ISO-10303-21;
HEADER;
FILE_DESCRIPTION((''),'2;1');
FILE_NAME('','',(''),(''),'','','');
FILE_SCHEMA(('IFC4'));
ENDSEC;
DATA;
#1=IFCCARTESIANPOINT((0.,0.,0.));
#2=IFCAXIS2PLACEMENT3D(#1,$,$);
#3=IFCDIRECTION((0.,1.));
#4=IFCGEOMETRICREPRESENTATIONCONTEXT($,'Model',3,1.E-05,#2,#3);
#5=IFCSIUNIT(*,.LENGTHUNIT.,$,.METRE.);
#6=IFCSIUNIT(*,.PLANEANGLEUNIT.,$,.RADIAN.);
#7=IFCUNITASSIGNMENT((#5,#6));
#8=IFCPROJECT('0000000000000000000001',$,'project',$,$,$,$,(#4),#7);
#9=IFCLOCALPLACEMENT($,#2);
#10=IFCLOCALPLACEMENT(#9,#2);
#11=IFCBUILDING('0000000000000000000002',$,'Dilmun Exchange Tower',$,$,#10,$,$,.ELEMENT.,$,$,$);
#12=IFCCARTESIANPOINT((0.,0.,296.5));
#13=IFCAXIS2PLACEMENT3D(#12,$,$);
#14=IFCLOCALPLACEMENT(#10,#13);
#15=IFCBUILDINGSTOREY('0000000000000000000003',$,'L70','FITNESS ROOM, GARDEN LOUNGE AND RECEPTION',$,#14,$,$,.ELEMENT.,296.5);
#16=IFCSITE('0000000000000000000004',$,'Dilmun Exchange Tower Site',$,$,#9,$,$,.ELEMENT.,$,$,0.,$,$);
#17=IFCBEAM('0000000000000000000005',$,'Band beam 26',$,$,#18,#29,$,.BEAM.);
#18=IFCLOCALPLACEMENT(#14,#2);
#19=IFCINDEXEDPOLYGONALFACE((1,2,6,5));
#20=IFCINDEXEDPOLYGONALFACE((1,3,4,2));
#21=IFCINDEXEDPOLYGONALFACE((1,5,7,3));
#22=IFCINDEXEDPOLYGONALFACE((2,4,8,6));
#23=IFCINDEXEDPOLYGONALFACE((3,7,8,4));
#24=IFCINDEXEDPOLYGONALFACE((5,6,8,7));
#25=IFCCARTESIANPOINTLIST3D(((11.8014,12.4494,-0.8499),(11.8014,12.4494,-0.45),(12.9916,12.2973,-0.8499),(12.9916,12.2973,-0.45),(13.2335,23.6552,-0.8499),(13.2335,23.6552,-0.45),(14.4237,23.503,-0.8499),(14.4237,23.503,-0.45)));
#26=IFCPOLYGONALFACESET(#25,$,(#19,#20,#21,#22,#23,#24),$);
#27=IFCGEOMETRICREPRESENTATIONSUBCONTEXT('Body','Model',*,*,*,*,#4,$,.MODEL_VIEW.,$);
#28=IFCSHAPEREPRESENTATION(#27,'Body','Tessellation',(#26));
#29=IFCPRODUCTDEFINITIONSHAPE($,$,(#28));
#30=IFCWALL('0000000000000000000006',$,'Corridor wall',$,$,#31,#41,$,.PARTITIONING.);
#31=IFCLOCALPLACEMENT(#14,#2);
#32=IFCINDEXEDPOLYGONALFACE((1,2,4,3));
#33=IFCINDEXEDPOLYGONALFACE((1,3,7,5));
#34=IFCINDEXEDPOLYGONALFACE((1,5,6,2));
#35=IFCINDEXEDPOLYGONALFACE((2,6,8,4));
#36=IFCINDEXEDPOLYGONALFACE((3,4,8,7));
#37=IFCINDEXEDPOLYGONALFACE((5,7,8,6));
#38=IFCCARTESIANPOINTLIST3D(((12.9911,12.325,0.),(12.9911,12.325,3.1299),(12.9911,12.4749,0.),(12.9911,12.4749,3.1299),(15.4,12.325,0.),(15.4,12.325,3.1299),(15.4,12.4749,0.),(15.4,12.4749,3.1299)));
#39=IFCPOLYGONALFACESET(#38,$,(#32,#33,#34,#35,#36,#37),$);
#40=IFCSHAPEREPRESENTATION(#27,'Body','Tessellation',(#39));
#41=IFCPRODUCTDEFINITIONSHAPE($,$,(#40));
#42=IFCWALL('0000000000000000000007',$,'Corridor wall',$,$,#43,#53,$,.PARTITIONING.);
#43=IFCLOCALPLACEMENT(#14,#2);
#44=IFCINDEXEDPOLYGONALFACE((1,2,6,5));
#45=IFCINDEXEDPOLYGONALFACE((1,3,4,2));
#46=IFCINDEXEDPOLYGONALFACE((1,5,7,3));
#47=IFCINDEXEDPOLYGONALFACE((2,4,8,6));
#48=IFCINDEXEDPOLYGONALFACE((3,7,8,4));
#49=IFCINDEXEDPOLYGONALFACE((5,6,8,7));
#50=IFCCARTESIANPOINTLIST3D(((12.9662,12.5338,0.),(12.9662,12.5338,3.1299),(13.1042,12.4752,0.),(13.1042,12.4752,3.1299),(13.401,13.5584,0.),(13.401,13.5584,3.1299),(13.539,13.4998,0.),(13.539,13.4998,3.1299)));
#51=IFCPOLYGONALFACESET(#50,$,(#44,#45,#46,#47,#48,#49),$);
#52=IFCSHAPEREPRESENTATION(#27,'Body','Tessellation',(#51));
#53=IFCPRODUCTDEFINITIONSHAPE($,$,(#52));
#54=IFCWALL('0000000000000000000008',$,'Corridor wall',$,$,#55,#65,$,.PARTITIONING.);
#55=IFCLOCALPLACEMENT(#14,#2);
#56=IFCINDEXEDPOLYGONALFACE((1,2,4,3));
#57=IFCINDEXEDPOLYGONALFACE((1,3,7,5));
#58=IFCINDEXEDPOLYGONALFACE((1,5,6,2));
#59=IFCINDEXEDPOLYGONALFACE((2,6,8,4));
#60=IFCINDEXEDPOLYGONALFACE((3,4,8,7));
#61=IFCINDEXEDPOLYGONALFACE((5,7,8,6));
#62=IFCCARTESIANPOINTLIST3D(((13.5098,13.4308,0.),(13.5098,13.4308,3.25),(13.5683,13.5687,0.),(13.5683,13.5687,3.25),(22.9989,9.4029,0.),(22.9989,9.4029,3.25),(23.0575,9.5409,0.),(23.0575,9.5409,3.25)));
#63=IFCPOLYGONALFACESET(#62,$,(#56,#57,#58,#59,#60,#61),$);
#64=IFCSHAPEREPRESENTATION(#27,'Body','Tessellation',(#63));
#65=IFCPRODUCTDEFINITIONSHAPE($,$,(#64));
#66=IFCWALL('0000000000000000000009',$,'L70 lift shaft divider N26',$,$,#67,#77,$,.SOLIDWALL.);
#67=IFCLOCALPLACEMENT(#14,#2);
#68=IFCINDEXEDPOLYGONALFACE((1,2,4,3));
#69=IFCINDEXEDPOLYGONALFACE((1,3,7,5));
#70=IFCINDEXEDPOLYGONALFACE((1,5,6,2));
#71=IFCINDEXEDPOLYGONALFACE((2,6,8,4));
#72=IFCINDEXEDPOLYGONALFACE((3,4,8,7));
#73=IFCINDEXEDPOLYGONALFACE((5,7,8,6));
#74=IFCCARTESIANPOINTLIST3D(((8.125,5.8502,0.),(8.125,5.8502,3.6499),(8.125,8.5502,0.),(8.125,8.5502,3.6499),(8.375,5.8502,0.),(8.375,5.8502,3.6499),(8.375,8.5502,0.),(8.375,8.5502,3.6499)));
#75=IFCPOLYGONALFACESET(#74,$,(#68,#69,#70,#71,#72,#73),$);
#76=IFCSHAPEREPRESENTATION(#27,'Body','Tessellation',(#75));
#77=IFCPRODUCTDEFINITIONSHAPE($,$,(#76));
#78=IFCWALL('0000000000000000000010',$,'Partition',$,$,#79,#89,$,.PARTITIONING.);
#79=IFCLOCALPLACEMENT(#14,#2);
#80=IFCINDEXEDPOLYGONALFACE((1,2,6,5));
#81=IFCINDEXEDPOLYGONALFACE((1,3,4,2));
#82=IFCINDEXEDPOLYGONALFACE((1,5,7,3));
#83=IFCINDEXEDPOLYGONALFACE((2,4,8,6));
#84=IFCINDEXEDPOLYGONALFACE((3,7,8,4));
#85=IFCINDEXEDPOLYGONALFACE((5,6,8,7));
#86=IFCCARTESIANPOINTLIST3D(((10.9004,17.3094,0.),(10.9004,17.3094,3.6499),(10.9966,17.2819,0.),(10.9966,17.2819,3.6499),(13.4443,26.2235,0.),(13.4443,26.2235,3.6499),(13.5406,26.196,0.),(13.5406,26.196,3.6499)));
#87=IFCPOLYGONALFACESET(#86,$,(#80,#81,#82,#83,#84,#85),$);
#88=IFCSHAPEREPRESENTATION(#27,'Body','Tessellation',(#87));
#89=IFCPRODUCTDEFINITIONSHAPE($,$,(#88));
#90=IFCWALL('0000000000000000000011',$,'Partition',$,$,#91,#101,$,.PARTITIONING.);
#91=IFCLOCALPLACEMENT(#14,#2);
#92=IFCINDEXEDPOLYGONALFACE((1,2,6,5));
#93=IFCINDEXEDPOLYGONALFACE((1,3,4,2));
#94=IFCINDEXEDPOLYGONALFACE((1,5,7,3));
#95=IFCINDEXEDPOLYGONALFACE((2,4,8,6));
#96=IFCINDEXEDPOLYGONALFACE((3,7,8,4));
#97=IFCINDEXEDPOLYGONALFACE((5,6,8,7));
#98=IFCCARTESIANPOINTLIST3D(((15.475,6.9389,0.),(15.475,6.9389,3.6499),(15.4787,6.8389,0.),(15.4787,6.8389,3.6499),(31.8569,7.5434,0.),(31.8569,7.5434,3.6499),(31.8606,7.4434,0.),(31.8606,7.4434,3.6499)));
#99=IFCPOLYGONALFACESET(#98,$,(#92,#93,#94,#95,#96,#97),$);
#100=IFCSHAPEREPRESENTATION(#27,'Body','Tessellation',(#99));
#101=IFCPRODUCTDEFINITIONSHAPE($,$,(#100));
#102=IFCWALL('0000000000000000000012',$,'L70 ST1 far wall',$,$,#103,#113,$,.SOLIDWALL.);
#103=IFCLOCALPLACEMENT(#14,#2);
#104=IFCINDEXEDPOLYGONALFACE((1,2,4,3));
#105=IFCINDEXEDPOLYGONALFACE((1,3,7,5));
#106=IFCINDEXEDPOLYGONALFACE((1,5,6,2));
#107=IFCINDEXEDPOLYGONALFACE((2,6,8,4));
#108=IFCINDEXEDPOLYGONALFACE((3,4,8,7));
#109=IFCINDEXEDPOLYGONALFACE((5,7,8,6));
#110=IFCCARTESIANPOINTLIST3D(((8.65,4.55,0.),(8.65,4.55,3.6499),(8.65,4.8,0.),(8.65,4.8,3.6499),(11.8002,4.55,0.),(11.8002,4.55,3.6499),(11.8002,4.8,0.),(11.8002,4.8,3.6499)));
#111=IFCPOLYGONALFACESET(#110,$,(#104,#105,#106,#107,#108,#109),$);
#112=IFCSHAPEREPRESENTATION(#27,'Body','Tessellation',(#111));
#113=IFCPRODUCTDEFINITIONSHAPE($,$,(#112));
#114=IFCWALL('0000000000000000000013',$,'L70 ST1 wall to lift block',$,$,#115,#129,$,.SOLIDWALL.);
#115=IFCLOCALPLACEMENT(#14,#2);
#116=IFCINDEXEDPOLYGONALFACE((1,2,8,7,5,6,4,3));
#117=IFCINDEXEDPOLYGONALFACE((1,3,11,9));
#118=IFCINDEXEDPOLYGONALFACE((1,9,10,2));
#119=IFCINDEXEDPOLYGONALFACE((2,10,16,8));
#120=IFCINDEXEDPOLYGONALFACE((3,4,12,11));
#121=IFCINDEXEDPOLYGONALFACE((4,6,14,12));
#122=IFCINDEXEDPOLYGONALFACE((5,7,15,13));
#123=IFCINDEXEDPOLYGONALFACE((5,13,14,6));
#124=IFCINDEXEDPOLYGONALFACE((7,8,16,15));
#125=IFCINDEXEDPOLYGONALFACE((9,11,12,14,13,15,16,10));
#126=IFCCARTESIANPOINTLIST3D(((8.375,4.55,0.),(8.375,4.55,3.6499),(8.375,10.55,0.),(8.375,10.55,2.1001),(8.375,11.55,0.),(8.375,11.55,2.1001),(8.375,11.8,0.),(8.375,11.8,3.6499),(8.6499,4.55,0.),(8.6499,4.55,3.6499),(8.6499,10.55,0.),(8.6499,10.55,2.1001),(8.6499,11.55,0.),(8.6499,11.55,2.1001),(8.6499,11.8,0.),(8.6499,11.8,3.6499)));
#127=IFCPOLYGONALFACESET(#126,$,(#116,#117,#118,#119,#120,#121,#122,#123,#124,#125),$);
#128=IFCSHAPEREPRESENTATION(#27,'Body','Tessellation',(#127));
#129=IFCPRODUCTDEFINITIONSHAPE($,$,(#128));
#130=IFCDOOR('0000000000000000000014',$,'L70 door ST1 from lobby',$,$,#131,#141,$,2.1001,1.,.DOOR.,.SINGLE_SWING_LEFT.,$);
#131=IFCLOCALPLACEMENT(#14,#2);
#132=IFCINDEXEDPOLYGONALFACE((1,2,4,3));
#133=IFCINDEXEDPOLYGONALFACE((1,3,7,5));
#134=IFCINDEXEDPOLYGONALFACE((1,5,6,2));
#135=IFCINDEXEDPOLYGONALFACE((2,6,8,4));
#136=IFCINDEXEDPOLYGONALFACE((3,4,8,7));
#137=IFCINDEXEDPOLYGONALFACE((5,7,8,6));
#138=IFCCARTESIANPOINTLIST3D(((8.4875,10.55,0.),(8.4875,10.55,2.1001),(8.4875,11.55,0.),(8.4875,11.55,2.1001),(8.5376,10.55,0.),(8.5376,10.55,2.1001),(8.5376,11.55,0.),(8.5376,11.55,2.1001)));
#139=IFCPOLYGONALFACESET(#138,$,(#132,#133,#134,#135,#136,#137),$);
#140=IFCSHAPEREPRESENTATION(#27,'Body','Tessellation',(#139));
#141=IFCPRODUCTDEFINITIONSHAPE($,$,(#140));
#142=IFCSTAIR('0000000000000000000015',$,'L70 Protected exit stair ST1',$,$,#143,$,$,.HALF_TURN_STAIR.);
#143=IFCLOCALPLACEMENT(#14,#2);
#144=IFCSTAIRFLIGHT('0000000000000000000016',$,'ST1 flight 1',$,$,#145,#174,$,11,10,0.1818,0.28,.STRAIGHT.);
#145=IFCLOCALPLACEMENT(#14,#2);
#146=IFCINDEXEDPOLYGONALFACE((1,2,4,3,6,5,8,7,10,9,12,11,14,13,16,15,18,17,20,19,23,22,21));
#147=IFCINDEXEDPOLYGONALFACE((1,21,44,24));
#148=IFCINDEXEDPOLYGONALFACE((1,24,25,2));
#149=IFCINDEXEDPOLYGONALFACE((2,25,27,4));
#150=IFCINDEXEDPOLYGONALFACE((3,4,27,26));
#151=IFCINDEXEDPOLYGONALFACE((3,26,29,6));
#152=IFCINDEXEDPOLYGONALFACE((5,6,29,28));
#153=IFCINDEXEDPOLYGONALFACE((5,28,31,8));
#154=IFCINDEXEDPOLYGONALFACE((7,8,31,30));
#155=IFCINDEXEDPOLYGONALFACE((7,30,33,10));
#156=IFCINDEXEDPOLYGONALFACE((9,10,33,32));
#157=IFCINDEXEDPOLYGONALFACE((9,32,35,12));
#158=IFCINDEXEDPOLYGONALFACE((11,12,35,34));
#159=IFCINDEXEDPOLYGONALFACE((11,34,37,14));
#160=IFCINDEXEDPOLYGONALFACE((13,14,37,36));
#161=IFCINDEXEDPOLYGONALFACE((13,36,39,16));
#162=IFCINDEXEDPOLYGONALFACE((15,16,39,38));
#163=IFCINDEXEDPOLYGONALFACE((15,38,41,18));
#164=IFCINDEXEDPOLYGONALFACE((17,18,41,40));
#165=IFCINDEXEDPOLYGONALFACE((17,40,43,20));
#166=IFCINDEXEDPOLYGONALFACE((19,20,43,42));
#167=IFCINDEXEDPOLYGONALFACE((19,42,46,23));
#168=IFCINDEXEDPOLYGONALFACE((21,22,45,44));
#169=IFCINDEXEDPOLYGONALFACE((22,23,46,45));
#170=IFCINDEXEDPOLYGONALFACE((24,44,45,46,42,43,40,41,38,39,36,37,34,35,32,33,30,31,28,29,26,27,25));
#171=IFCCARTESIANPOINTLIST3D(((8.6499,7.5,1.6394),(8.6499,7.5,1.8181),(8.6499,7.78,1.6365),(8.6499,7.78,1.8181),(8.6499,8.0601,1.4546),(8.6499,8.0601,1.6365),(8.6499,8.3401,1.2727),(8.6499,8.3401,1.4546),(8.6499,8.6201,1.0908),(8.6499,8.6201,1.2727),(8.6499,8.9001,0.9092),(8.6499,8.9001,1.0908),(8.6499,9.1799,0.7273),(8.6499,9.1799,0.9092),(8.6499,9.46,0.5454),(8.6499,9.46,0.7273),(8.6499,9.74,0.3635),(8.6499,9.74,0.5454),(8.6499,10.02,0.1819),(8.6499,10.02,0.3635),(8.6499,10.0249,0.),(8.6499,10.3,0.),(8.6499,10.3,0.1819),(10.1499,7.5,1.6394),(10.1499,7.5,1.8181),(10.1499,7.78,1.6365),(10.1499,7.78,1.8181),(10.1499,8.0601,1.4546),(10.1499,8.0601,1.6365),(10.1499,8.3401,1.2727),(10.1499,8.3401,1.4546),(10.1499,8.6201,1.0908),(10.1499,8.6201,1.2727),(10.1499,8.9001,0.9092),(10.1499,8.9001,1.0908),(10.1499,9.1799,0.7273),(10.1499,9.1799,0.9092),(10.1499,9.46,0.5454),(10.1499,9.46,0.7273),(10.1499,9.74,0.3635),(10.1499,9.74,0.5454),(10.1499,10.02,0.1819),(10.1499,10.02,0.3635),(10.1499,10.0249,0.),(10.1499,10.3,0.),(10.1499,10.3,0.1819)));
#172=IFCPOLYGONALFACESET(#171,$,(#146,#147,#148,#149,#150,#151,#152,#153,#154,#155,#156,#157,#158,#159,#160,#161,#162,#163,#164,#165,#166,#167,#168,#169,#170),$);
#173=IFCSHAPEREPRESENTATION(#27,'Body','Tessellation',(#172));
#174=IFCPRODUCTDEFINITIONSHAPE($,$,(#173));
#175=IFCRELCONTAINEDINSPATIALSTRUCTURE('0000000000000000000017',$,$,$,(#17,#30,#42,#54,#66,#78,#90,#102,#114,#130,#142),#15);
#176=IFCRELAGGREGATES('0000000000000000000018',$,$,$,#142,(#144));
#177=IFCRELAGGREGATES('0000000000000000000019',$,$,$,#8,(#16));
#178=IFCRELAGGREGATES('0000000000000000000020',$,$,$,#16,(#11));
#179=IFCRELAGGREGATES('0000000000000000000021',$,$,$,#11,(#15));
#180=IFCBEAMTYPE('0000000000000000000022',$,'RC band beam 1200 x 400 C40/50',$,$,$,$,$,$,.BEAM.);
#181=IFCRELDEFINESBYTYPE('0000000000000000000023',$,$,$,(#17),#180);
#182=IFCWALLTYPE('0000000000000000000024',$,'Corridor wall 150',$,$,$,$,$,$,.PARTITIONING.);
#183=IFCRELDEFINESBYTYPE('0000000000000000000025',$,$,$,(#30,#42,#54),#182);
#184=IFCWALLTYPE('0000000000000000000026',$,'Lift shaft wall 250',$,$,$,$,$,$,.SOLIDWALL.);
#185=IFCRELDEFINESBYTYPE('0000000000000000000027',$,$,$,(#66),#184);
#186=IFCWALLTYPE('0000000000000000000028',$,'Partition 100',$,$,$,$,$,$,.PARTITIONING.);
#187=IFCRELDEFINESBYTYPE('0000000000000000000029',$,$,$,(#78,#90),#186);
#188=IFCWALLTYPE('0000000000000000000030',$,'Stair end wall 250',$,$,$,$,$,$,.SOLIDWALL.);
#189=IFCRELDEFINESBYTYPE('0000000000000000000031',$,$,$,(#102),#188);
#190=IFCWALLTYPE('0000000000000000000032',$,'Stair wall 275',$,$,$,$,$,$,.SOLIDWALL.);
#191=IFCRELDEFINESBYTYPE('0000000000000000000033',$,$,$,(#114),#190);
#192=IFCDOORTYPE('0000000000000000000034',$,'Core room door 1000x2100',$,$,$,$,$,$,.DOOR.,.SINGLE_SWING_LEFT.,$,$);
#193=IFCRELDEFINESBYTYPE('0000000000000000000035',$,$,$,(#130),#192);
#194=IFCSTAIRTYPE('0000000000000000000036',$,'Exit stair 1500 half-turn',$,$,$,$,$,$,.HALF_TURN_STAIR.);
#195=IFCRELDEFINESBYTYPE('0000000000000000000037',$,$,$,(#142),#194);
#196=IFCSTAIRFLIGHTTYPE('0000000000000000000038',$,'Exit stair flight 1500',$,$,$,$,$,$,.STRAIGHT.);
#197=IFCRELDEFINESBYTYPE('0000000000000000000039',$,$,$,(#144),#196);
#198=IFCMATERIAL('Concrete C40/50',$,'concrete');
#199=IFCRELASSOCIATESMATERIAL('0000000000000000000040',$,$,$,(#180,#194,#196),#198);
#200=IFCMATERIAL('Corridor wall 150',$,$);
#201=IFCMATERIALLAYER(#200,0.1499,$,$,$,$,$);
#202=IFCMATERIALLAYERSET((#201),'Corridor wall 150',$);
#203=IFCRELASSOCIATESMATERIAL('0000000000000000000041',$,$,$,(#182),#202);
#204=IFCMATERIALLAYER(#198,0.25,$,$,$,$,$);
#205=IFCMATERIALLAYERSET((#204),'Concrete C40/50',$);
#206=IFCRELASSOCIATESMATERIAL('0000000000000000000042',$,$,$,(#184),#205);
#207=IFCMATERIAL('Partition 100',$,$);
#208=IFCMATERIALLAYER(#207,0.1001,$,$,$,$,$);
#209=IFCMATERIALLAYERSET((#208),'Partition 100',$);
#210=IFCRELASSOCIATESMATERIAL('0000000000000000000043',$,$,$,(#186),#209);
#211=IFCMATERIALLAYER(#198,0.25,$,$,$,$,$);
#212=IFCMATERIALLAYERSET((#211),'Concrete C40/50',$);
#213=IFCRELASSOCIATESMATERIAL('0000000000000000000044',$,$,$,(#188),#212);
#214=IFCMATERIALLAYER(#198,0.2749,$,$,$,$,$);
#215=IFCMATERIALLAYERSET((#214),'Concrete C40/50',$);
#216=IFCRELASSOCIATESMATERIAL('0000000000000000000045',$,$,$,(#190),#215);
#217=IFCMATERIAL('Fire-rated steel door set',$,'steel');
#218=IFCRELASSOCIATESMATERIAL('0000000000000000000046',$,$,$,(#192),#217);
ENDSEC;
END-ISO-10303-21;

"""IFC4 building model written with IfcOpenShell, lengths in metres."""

from ifc_helpers import new_model, si_unit, direction, frame, frame_2d, origin, origin_2d, place, context, subcontext, project, spatial, polyline, rectangle, outline, extrude, material, layer, layer_set, material_profile, profile_set, type_object, element, fill, aggregate, save


model = new_model("IFC4")

# Units and contexts
model_context = context("Model", 3, precision=1e-05, world=origin(), true_north=direction((0.0, 1.0)))
body_context = subcontext(model_context, "Body", "Model", "MODEL_VIEW")
ifc_project = project(units=[si_unit("LENGTHUNIT", "METRE"), si_unit("PLANEANGLEUNIT", "RADIAN")], contexts=[model_context])

# Site, building, storey
site_placement = place(None, origin())
site = spatial("IfcSite", under=ifc_project, at=site_placement, Name="Dilmun Exchange Tower Site", CompositionType="ELEMENT", RefElevation=0.0)
building_placement = place(site_placement, origin())
building = spatial("IfcBuilding", under=site, at=building_placement, Name="Dilmun Exchange Tower", CompositionType="ELEMENT")
storey_placement = place(building_placement, frame((0.0, 0.0, 296.5)))
storey = spatial("IfcBuildingStorey", under=building, at=storey_placement, Name="L70", Description="FITNESS ROOM, GARDEN LOUNGE AND RECEPTION", CompositionType="ELEMENT", Elevation=296.5)

# Beam
ifc_material_1 = material(Name="Concrete C40/50", Category="concrete")
ifc_material_profile = material_profile(ifc_material_1, rectangle(XDim=1.2, YDim=0.3999, at=origin_2d()), Name="1200 x 400")
ifc_profile_set = profile_set([ifc_material_profile], Name="Concrete C40/50")
beam_type = type_object("IfcBeamType", Name="RC band beam 1200 x 400 C40/50", PredefinedType="BEAM", material=ifc_profile_set)
beam_placement = place(storey_placement, frame((13.8286, 23.5791, -0.6499), z_axis=(-0.126771, -0.991932, 0.0), x_axis=(0.991932, -0.126771, 0.0)))
element("IfcBeam", 1, at=beam_placement, inside=storey, type_object=beam_type, Name="Band beam 26", PredefinedType="BEAM", context=body_context, shape_type="SweptSolid", body=[
    extrude(rectangle(XDim=1.2, YDim=0.3999, at=origin_2d()), origin(), (0.0, 0.0, 1.0), 11.2969),
])

# Walls
ifc_material_2 = material(Name="Corridor wall 150")
ifc_layer_1 = layer(ifc_material_2, 0.1499)
ifc_layer_set_1 = layer_set([ifc_layer_1], Name="Corridor wall 150")
wall_type_1 = type_object("IfcWallType", Name="Corridor wall 150", PredefinedType="PARTITIONING", material=ifc_layer_set_1)
wall_1_placement = place(storey_placement, frame((12.991, 12.3999, 0.0), z_axis=(0.0, 0.0, 1.0), x_axis=(1.0, 0.0, 0.0)))
element("IfcWall", 2, at=wall_1_placement, inside=storey, type_object=wall_type_1, Name="Corridor wall", PredefinedType="PARTITIONING", context=body_context, shape_type="SweptSolid", body=[
    extrude(rectangle(XDim=2.4089, YDim=0.1499, at=frame_2d((1.2046, 0.0))), origin(), (0.0, 0.0, 1.0), 3.1299),
])
wall_2_placement = place(storey_placement, frame((13.0352, 12.5044, 0.0), z_axis=(0.0, 0.0, 1.0), x_axis=(0.390634, 0.920546, 0.0)))
element("IfcWall", 3, at=wall_2_placement, inside=storey, type_object=wall_type_1, Name="Corridor wall", PredefinedType="PARTITIONING", context=body_context, shape_type="SweptSolid", body=[
    extrude(rectangle(XDim=1.113, YDim=0.1499, at=frame_2d((0.5566, 0.0))), origin(), (0.0, 0.0, 1.0), 3.1299),
])
wall_3_placement = place(storey_placement, frame((13.5391, 13.4998, 0.0), z_axis=(0.0, 0.0, 1.0), x_axis=(0.920505, -0.39073, 0.0)))
element("IfcWall", 4, at=wall_3_placement, inside=storey, type_object=wall_type_1, Name="Corridor wall", PredefinedType="PARTITIONING", context=body_context, shape_type="SweptSolid", body=[
    extrude(rectangle(XDim=10.3086, YDim=0.1499, at=frame_2d((5.1543, 0.0))), origin(), (0.0, 0.0, 1.0), 3.25),
])
ifc_layer_2 = layer(ifc_material_1, 0.25)
ifc_layer_set_2 = layer_set([ifc_layer_2], Name="Concrete C40/50")
wall_type_2 = type_object("IfcWallType", Name="Lift shaft wall 250", PredefinedType="SOLIDWALL", material=ifc_layer_set_2)
wall_4_placement = place(storey_placement, frame((8.25, 5.8501, 0.0), z_axis=(0.0, 0.0, 1.0), x_axis=(0.0, 1.0, 0.0)))
element("IfcWall", 5, at=wall_4_placement, inside=storey, type_object=wall_type_2, Name="L70 lift shaft divider N26", PredefinedType="SOLIDWALL", context=body_context, shape_type="SweptSolid", body=[
    extrude(rectangle(XDim=2.7, YDim=0.25, at=frame_2d((1.3501, 0.0))), origin(), (0.0, 0.0, 1.0), 3.6499),
])
ifc_material_3 = material(Name="Partition 100")
ifc_layer_3 = layer(ifc_material_3, 0.1001)
ifc_layer_set_3 = layer_set([ifc_layer_3], Name="Partition 100")
wall_type_3 = type_object("IfcWallType", Name="Partition 100", PredefinedType="PARTITIONING", material=ifc_layer_set_3)
wall_5_placement = place(storey_placement, frame((10.9485, 17.2957, 0.0), z_axis=(0.0, 0.0, 1.0), x_axis=(0.274429, 0.961607, 0.0)))
element("IfcWall", 6, at=wall_5_placement, inside=storey, type_object=wall_type_3, Name="Partition", PredefinedType="PARTITIONING", context=body_context, shape_type="SweptSolid", body=[
    extrude(rectangle(XDim=9.27, YDim=0.1001, at=frame_2d((4.635, 0.0))), origin(), (0.0, 0.0, 1.0), 3.6499),
])
wall_6_placement = place(storey_placement, frame((15.4768, 6.8889, 0.0), z_axis=(0.0, 0.0, 1.0), x_axis=(0.99932, 0.036875, 0.0)))
element("IfcWall", 7, at=wall_6_placement, inside=storey, type_object=wall_type_3, Name="Partition", PredefinedType="PARTITIONING", context=body_context, shape_type="SweptSolid", body=[
    extrude(rectangle(XDim=16.3931, YDim=0.1001, at=frame_2d((8.1965, 0.0))), origin(), (0.0, 0.0, 1.0), 3.6499),
])
ifc_layer_4 = layer(ifc_material_1, 0.25)
ifc_layer_set_4 = layer_set([ifc_layer_4], Name="Concrete C40/50")
wall_type_4 = type_object("IfcWallType", Name="Stair end wall 250", PredefinedType="SOLIDWALL", material=ifc_layer_set_4)
wall_7_placement = place(storey_placement, frame((8.6499, 4.675, 0.0), z_axis=(0.0, 0.0, 1.0), x_axis=(1.0, 0.0, 0.0)))
element("IfcWall", 8, at=wall_7_placement, inside=storey, type_object=wall_type_4, Name="L70 ST1 far wall", PredefinedType="SOLIDWALL", context=body_context, shape_type="SweptSolid", body=[
    extrude(rectangle(XDim=3.1501, YDim=0.25, at=frame_2d((1.5752, 0.0))), origin(), (0.0, 0.0, 1.0), 3.6499),
])

# Wall, opening, door
ifc_layer_5 = layer(ifc_material_1, 0.2749)
ifc_layer_set_5 = layer_set([ifc_layer_5], Name="Concrete C40/50")
wall_type_5 = type_object("IfcWallType", Name="Stair wall 275", PredefinedType="SOLIDWALL", material=ifc_layer_set_5)
wall_8_placement = place(storey_placement, frame((8.5125, 4.55, 0.0), z_axis=(0.0, 0.0, 1.0), x_axis=(0.0, 1.0, 0.0)))
wall_8 = element("IfcWall", 9, at=wall_8_placement, inside=storey, type_object=wall_type_5, Name="L70 ST1 wall to lift block", PredefinedType="SOLIDWALL", context=body_context, shape_type="SweptSolid", body=[
    extrude(rectangle(XDim=7.25, YDim=0.2749, at=frame_2d((3.625, 0.0))), origin(), (0.0, 0.0, 1.0), 3.6499),
])
opening_placement = place(wall_8_placement, frame((6.0, 0.0, 0.0)))
opening = element("IfcOpeningElement", 10, at=opening_placement, cuts=wall_8, PredefinedType="OPENING", context=body_context, shape_type="SweptSolid", body=[
    extrude(rectangle(XDim=1.0, YDim=2.1001, at=frame_2d((0.5, 1.05))), frame((0.0, 0.1475, 0.0), z_axis=(0.0, -1.0, 0.0), x_axis=(1.0, 0.0, 0.0)), (0.0, 0.0, 1.0), 0.2949),
])
ifc_material_4 = material(Name="Fire-rated steel door set", Category="steel")
door_type = type_object("IfcDoorType", Name="Core room door 1000x2100", OperationType="SINGLE_SWING_LEFT", PredefinedType="DOOR", material=ifc_material_4)
door_placement = place(opening_placement, origin())
door = element("IfcDoor", 11, at=door_placement, inside=storey, type_object=door_type, Name="L70 door ST1 from lobby", OperationType="SINGLE_SWING_LEFT", OverallHeight=2.1001, OverallWidth=1.0, PredefinedType="DOOR", context=body_context, shape_type="SweptSolid", body=[
    extrude(rectangle(XDim=1.0, YDim=2.1001, at=frame_2d((0.5, 1.05))), frame((0.0, 0.0249, 0.0), z_axis=(0.0, -1.0, 0.0), x_axis=(1.0, 0.0, 0.0)), (0.0, 0.0, 1.0), 0.05),
])
fill(opening, door)

# Stair, stair flight
stair_type = type_object("IfcStairType", Name="Exit stair 1500 half-turn", PredefinedType="HALF_TURN_STAIR", material=ifc_material_1)
stair_placement = place(storey_placement, origin())
stair = element("IfcStair", 12, at=stair_placement, inside=storey, type_object=stair_type, Name="L70 Protected exit stair ST1", PredefinedType="HALF_TURN_STAIR")
stair_flight_type = type_object("IfcStairFlightType", Name="Exit stair flight 1500", PredefinedType="STRAIGHT", material=ifc_material_1)
stair_flight_1_placement = place(storey_placement, frame((9.3999, 10.3, 0.0), z_axis=(0.0, 0.0, 1.0), x_axis=(0.0, -1.0, 0.0)))
stair_flight_1 = element("IfcStairFlight", 13, at=stair_flight_1_placement, type_object=stair_flight_type, Name="ST1 flight 1", NumberOfRisers=11, NumberOfTreads=10, PredefinedType="STRAIGHT", RiserHeight=0.1818, TreadLength=0.28, context=body_context, shape_type="SweptSolid", body=[
    extrude(outline(polyline([(0.0, 0.0), (0.0, 0.1819), (0.28, 0.1819), (0.28, 0.3635), (0.5601, 0.3635), (0.5601, 0.5454), (0.8401, 0.5454), (0.8401, 0.7273), (1.1201, 0.7273), (1.1201, 0.9092), (1.3999, 0.9092), (1.3999, 1.0908), (1.6799, 1.0908), (1.6799, 1.2727), (1.96, 1.2727), (1.96, 1.4546), (2.24, 1.4546), (2.24, 1.6365), (2.52, 1.6365), (2.52, 1.8181), (2.8, 1.8181), (2.8, 2.0), (2.8, 1.6394), (0.2751, 0.0), (0.0, 0.0)])), frame((0.0, 0.75, 0.0), z_axis=(0.0, -1.0, 0.0), x_axis=(1.0, 0.0, 0.0)), (0.0, 0.0, 1.0), 1.5),
])
aggregate(stair, [stair_flight_1])

save(model, "model.ifc")
